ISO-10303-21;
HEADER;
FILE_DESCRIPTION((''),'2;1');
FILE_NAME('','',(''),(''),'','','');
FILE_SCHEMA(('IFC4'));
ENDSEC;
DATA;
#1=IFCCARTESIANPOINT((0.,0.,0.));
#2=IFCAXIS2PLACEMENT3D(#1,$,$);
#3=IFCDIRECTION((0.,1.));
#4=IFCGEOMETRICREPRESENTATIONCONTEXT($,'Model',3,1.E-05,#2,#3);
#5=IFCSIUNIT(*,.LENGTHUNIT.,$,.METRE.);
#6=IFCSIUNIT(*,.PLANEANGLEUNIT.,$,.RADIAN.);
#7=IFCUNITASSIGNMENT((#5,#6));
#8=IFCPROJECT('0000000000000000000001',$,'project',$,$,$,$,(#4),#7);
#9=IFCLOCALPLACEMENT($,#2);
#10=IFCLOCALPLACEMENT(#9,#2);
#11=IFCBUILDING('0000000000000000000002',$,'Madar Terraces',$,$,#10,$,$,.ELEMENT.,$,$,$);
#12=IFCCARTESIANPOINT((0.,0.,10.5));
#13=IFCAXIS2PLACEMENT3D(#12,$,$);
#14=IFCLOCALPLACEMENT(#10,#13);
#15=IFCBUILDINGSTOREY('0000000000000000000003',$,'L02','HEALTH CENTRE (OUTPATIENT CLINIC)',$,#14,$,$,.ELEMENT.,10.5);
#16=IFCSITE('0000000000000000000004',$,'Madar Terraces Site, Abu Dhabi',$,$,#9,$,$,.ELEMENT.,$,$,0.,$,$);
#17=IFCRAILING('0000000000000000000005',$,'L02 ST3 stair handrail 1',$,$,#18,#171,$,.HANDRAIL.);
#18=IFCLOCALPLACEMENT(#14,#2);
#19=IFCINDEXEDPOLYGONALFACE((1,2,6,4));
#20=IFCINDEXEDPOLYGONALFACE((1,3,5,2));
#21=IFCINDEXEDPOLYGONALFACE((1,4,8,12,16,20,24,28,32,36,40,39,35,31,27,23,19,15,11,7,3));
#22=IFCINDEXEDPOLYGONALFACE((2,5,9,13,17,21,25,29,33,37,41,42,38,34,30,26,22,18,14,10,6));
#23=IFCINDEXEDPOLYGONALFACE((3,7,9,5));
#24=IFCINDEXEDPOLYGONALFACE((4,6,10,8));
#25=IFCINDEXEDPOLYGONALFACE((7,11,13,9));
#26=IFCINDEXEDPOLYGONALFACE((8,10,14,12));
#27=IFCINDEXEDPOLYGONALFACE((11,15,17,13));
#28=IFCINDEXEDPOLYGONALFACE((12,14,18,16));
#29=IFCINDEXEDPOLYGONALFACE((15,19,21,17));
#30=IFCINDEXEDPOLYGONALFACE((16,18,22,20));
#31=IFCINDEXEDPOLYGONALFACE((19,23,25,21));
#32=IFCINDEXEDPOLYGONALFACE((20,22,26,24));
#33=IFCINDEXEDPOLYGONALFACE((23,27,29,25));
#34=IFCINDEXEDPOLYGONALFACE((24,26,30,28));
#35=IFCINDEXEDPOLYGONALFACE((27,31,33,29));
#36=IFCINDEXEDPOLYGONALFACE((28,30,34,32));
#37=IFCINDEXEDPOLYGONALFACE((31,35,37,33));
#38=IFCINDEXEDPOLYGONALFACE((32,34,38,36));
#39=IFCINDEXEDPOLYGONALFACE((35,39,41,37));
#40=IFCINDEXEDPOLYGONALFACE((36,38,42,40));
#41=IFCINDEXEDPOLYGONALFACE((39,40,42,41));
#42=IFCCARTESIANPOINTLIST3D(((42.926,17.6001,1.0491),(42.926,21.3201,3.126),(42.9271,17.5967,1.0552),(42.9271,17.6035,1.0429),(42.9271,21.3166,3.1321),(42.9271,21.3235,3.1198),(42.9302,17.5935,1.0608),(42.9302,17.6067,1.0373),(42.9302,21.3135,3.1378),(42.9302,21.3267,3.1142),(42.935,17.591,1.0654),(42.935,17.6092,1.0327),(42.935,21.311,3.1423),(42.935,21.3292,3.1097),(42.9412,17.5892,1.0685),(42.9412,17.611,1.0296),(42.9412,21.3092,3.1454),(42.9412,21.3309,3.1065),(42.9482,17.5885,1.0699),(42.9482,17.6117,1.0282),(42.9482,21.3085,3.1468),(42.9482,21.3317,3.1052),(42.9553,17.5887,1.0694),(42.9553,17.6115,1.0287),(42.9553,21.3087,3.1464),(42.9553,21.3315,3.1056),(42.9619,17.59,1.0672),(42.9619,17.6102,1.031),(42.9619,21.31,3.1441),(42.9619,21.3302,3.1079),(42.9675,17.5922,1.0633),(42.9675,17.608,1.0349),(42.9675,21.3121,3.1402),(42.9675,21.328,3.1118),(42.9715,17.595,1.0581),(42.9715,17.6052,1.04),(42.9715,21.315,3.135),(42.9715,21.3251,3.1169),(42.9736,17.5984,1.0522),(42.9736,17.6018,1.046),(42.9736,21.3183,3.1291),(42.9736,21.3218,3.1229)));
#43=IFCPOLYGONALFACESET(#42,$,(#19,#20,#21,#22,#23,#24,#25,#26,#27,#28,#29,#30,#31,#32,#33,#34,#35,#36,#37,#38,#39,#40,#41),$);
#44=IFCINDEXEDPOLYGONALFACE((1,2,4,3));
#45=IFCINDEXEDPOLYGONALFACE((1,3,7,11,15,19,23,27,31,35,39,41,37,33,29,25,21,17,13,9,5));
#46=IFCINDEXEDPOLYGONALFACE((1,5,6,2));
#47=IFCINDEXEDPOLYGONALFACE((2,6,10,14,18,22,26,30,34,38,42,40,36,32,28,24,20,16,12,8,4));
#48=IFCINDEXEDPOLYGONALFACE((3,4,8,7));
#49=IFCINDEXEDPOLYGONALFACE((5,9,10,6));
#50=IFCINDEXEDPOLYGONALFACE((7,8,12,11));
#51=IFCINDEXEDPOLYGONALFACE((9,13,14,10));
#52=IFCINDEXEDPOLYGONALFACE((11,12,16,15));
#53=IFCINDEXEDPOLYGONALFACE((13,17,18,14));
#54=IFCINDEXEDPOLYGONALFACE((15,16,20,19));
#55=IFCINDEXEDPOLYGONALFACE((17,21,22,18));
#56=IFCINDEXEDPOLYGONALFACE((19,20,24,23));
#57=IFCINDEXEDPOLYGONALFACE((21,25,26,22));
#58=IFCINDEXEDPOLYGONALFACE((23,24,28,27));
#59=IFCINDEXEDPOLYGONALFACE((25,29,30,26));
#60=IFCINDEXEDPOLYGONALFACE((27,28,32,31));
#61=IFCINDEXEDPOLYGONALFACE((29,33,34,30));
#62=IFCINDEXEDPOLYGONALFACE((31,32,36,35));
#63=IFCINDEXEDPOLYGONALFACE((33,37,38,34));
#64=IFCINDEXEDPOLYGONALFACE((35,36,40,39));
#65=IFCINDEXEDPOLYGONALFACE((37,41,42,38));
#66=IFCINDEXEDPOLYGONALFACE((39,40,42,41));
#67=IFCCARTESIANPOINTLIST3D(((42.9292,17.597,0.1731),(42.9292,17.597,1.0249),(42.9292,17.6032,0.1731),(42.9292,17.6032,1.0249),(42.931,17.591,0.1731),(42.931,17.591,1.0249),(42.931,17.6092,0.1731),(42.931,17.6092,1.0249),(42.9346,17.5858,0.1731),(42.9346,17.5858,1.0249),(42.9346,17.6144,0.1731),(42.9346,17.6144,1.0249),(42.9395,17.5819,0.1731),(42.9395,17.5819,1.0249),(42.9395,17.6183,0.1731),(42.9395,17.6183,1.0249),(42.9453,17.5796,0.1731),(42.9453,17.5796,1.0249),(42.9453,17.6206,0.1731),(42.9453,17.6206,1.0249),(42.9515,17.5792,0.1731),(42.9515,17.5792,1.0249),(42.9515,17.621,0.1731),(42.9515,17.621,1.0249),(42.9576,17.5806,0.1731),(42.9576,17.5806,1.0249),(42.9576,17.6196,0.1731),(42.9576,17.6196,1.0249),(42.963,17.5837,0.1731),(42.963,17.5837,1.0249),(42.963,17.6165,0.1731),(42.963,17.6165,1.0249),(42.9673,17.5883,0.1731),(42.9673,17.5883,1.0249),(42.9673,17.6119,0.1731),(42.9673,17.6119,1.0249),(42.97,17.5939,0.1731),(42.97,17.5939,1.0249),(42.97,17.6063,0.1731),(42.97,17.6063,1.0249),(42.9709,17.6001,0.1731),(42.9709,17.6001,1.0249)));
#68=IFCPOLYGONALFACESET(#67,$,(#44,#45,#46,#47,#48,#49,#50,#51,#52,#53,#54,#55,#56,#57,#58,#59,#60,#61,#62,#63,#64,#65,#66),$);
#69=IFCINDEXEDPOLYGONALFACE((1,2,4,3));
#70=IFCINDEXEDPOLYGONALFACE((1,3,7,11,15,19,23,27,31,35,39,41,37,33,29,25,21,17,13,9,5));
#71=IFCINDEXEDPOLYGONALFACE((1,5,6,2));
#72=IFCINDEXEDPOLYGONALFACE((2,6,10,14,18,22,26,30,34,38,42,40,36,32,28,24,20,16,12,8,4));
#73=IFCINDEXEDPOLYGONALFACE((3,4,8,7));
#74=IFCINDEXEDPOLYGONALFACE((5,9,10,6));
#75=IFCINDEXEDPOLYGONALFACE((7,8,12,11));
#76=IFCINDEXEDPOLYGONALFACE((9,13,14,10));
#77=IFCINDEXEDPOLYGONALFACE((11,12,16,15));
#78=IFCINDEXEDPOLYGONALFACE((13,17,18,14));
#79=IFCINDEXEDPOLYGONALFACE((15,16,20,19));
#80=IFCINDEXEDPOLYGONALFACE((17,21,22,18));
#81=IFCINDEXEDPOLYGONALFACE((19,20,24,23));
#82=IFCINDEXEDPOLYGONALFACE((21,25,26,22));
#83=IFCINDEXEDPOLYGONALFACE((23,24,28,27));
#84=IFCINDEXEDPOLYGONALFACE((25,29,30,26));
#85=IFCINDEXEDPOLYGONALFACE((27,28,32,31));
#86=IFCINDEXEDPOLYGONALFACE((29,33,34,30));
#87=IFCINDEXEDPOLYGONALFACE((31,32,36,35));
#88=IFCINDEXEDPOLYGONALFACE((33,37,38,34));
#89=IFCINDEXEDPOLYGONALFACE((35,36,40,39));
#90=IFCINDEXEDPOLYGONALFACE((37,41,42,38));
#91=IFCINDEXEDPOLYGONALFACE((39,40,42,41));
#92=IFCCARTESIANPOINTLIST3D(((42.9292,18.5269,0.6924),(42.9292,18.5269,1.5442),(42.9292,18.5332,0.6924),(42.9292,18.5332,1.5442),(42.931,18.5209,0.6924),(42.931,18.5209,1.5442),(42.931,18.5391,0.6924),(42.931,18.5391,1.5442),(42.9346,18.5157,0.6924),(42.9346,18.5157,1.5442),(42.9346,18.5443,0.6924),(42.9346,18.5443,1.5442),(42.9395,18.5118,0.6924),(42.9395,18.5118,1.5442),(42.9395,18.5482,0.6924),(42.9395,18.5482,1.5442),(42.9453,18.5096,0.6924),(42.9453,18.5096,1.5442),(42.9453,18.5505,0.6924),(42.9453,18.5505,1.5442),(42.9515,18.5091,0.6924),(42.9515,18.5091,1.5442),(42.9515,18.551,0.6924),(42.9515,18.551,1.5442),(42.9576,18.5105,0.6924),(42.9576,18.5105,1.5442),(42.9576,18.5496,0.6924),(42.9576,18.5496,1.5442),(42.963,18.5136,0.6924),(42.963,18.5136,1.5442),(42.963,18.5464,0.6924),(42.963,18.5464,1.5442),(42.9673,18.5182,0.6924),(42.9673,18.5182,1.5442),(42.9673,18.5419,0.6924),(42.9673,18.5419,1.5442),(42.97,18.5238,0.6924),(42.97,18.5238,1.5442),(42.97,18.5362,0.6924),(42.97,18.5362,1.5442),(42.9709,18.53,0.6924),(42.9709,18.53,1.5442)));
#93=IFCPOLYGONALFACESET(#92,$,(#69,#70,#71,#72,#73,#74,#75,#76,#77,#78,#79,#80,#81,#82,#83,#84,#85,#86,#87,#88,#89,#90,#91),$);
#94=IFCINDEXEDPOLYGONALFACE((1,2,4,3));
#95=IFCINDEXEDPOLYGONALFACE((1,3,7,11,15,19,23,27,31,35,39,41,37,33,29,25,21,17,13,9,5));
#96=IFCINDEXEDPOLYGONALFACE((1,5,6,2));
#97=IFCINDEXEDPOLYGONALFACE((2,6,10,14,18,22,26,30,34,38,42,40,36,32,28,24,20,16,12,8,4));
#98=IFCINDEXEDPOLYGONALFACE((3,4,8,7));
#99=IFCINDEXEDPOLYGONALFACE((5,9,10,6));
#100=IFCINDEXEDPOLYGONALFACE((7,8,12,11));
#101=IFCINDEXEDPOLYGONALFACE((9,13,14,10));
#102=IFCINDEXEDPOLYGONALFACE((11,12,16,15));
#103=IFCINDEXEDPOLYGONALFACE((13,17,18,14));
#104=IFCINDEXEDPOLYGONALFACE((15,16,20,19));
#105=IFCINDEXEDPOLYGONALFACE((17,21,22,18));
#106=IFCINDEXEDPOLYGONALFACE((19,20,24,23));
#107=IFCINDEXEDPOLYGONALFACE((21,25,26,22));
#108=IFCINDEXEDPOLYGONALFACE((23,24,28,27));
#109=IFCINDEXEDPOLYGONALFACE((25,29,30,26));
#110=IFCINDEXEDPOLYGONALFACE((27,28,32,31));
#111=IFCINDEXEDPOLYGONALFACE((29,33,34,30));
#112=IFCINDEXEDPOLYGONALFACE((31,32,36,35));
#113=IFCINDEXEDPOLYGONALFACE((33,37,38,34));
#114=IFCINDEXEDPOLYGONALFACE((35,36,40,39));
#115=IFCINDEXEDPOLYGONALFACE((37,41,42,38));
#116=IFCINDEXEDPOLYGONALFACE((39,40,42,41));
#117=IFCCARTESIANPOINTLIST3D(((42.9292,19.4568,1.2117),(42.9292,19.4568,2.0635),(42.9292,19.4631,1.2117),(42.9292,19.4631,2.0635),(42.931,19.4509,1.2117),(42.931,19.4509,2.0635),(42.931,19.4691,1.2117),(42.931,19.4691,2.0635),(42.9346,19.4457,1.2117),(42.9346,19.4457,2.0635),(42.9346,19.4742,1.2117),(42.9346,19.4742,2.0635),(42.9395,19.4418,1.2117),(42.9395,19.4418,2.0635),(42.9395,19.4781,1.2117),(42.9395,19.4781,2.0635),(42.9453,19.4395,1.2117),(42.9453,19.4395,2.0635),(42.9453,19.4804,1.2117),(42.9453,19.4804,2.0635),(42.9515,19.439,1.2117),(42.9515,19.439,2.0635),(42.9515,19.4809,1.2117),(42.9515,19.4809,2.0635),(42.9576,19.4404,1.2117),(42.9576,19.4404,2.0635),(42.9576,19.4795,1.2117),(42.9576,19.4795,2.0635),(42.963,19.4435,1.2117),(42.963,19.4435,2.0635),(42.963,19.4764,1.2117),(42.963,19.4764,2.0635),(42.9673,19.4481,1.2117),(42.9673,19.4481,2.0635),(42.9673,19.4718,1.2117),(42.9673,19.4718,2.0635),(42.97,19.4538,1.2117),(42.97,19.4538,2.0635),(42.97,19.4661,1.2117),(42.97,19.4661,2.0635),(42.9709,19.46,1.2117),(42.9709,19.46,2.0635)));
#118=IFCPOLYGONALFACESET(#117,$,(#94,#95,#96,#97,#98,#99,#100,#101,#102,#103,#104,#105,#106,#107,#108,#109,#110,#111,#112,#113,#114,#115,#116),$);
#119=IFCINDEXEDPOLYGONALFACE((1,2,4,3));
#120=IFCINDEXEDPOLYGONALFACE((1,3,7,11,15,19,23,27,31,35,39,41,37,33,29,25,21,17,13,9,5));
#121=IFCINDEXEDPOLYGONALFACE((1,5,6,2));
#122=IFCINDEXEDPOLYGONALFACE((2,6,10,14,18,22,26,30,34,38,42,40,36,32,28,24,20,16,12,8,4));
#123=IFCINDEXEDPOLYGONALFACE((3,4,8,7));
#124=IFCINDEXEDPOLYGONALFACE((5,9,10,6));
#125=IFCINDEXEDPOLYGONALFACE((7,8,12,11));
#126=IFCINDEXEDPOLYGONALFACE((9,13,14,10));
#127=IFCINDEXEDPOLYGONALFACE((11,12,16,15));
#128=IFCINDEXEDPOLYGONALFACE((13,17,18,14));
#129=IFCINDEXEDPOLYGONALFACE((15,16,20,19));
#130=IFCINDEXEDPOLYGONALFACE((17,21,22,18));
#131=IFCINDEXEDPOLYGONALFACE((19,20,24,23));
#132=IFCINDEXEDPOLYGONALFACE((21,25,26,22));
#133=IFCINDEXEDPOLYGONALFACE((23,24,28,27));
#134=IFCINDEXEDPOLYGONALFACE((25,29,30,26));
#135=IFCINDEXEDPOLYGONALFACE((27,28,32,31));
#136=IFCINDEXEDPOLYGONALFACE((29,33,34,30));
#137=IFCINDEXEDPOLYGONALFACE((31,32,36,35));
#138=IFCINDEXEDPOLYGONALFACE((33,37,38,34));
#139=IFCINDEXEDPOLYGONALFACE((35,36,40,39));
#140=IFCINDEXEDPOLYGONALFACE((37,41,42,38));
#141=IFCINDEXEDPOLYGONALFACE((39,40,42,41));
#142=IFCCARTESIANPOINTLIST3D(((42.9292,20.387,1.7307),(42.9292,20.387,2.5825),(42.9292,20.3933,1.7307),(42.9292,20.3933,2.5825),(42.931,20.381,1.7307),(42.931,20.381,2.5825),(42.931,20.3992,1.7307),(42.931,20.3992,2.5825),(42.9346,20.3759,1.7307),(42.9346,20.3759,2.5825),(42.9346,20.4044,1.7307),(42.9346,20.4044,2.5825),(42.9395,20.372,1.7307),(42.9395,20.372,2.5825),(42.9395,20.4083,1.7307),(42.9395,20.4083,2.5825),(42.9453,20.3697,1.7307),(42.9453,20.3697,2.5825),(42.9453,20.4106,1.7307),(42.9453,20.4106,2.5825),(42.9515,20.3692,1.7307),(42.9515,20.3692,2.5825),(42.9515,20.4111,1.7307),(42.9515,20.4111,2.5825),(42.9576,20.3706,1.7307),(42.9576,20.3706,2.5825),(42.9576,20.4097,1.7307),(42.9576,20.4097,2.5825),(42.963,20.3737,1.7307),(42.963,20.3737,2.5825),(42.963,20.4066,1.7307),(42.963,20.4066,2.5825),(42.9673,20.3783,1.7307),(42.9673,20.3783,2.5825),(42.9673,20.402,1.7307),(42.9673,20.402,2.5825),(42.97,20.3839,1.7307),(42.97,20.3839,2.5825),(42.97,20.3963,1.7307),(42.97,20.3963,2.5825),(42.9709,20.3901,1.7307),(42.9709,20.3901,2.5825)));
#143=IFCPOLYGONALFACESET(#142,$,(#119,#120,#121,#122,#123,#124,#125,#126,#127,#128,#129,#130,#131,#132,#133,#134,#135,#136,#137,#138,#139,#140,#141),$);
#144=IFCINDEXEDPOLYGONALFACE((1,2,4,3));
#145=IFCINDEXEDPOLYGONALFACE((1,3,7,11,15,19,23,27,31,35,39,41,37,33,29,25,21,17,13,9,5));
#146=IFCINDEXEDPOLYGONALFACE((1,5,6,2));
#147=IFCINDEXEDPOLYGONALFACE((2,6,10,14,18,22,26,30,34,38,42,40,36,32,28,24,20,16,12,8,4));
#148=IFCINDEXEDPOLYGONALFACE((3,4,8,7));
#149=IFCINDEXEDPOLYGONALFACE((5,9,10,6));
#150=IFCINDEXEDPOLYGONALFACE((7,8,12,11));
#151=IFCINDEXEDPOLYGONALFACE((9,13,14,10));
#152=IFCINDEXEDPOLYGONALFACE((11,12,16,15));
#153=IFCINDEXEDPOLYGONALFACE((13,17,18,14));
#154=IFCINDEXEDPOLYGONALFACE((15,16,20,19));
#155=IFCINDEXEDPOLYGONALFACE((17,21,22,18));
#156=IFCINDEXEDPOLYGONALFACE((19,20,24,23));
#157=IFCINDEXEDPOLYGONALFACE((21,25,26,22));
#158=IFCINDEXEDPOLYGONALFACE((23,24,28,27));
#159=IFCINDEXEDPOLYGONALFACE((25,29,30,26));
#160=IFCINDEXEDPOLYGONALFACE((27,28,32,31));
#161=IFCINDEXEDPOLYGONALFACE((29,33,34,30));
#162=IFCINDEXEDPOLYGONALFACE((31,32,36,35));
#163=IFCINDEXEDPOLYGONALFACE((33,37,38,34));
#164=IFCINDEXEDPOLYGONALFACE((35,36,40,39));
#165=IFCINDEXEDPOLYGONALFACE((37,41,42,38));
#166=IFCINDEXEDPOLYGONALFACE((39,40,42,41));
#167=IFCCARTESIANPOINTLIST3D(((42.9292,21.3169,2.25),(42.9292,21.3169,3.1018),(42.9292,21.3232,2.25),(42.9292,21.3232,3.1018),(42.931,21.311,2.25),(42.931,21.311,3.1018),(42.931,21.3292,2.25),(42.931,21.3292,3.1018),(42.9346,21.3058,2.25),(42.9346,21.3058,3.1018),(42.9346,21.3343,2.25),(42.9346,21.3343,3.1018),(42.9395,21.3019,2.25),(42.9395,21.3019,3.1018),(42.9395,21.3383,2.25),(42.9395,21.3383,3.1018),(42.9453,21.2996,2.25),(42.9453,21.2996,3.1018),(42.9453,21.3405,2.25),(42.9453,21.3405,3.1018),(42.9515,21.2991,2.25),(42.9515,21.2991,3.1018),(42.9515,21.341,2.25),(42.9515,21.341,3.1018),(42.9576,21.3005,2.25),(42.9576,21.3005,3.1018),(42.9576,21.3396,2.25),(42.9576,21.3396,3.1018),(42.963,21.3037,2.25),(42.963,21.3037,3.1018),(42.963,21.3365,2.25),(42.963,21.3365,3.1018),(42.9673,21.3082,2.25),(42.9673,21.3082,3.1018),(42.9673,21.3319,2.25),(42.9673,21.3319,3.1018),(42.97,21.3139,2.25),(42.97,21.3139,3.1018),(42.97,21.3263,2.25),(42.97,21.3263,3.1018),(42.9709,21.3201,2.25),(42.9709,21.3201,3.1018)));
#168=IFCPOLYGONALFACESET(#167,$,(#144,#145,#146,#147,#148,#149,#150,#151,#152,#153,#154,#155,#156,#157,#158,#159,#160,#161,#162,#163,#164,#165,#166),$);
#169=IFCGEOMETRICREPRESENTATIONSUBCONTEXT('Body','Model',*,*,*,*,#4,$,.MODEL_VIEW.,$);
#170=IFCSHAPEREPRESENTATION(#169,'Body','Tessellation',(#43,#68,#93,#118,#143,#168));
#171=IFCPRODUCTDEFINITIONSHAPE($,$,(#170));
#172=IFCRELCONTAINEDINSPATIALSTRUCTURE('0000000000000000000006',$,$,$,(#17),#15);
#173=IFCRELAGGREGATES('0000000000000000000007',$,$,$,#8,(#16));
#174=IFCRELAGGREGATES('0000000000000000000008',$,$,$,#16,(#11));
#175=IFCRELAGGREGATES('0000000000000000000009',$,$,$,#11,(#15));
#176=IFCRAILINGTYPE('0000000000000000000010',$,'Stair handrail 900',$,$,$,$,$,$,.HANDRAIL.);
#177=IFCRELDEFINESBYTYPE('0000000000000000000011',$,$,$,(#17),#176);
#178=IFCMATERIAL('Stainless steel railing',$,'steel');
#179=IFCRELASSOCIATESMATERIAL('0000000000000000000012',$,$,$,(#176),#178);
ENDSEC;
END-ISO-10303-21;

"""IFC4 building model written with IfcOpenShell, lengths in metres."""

from ifc_helpers import new_model, si_unit, direction, frame, origin, origin_2d, place, context, subcontext, project, spatial, circle, extrude, material, type_object, element, save


model = new_model("IFC4")

# Units and contexts
model_context = context("Model", 3, precision=1e-05, world=origin(), true_north=direction((0.0, 1.0)))
body_context = subcontext(model_context, "Body", "Model", "MODEL_VIEW")
ifc_project = project(units=[si_unit("LENGTHUNIT", "METRE"), si_unit("PLANEANGLEUNIT", "RADIAN")], contexts=[model_context])

# Site, building, storey
site_placement = place(None, origin())
site = spatial("IfcSite", under=ifc_project, at=site_placement, Name="Madar Terraces Site, Abu Dhabi", CompositionType="ELEMENT", RefElevation=0.0)
building_placement = place(site_placement, origin())
building = spatial("IfcBuilding", under=site, at=building_placement, Name="Madar Terraces", CompositionType="ELEMENT")
storey_placement = place(building_placement, frame((0.0, 0.0, 10.5)))
storey = spatial("IfcBuildingStorey", under=building, at=storey_placement, Name="L02", Description="HEALTH CENTRE (OUTPATIENT CLINIC)", CompositionType="ELEMENT", Elevation=10.5)

# Railing
ifc_material_1 = material(Name="Stainless steel railing", Category="steel")
railing_type_1 = type_object("IfcRailingType", Name="Stair handrail 900", PredefinedType="HANDRAIL", material=ifc_material_1)
for number, where, name in (
    (1, (42.95, 17.6001, 0.1731), "L02 ST3 stair handrail 1"),
):
    element("IfcRailing", number, at=place(storey_placement, frame(where)), inside=storey, type_object=railing_type_1, Name=name, PredefinedType="HANDRAIL", context=body_context, shape_type="SweptSolid", body=[
        extrude(circle(Radius=0.0239, at=origin_2d()), frame((0.0, 0.0, 0.876), z_axis=(0.0, 0.873134, 0.487481), x_axis=(-1.0, 0.0, 0.0)), (0.0, 0.0, 1.0), 4.2605),
        extrude(circle(Radius=0.021, at=origin_2d()), origin(), (0.0, 0.0, 1.0), 0.8518),
        extrude(circle(Radius=0.021, at=origin_2d()), frame((0.0, 0.9299, 0.5193)), (0.0, 0.0, 1.0), 0.8518),
        extrude(circle(Radius=0.021, at=origin_2d()), frame((0.0, 1.8599, 1.0386)), (0.0, 0.0, 1.0), 0.8518),
        extrude(circle(Radius=0.021, at=origin_2d()), frame((0.0, 2.79, 1.5576)), (0.0, 0.0, 1.0), 0.8518),
        extrude(circle(Radius=0.021, at=origin_2d()), frame((0.0, 3.72, 2.0769)), (0.0, 0.0, 1.0), 0.8518),
    ])

save(model, "model.ifc")
